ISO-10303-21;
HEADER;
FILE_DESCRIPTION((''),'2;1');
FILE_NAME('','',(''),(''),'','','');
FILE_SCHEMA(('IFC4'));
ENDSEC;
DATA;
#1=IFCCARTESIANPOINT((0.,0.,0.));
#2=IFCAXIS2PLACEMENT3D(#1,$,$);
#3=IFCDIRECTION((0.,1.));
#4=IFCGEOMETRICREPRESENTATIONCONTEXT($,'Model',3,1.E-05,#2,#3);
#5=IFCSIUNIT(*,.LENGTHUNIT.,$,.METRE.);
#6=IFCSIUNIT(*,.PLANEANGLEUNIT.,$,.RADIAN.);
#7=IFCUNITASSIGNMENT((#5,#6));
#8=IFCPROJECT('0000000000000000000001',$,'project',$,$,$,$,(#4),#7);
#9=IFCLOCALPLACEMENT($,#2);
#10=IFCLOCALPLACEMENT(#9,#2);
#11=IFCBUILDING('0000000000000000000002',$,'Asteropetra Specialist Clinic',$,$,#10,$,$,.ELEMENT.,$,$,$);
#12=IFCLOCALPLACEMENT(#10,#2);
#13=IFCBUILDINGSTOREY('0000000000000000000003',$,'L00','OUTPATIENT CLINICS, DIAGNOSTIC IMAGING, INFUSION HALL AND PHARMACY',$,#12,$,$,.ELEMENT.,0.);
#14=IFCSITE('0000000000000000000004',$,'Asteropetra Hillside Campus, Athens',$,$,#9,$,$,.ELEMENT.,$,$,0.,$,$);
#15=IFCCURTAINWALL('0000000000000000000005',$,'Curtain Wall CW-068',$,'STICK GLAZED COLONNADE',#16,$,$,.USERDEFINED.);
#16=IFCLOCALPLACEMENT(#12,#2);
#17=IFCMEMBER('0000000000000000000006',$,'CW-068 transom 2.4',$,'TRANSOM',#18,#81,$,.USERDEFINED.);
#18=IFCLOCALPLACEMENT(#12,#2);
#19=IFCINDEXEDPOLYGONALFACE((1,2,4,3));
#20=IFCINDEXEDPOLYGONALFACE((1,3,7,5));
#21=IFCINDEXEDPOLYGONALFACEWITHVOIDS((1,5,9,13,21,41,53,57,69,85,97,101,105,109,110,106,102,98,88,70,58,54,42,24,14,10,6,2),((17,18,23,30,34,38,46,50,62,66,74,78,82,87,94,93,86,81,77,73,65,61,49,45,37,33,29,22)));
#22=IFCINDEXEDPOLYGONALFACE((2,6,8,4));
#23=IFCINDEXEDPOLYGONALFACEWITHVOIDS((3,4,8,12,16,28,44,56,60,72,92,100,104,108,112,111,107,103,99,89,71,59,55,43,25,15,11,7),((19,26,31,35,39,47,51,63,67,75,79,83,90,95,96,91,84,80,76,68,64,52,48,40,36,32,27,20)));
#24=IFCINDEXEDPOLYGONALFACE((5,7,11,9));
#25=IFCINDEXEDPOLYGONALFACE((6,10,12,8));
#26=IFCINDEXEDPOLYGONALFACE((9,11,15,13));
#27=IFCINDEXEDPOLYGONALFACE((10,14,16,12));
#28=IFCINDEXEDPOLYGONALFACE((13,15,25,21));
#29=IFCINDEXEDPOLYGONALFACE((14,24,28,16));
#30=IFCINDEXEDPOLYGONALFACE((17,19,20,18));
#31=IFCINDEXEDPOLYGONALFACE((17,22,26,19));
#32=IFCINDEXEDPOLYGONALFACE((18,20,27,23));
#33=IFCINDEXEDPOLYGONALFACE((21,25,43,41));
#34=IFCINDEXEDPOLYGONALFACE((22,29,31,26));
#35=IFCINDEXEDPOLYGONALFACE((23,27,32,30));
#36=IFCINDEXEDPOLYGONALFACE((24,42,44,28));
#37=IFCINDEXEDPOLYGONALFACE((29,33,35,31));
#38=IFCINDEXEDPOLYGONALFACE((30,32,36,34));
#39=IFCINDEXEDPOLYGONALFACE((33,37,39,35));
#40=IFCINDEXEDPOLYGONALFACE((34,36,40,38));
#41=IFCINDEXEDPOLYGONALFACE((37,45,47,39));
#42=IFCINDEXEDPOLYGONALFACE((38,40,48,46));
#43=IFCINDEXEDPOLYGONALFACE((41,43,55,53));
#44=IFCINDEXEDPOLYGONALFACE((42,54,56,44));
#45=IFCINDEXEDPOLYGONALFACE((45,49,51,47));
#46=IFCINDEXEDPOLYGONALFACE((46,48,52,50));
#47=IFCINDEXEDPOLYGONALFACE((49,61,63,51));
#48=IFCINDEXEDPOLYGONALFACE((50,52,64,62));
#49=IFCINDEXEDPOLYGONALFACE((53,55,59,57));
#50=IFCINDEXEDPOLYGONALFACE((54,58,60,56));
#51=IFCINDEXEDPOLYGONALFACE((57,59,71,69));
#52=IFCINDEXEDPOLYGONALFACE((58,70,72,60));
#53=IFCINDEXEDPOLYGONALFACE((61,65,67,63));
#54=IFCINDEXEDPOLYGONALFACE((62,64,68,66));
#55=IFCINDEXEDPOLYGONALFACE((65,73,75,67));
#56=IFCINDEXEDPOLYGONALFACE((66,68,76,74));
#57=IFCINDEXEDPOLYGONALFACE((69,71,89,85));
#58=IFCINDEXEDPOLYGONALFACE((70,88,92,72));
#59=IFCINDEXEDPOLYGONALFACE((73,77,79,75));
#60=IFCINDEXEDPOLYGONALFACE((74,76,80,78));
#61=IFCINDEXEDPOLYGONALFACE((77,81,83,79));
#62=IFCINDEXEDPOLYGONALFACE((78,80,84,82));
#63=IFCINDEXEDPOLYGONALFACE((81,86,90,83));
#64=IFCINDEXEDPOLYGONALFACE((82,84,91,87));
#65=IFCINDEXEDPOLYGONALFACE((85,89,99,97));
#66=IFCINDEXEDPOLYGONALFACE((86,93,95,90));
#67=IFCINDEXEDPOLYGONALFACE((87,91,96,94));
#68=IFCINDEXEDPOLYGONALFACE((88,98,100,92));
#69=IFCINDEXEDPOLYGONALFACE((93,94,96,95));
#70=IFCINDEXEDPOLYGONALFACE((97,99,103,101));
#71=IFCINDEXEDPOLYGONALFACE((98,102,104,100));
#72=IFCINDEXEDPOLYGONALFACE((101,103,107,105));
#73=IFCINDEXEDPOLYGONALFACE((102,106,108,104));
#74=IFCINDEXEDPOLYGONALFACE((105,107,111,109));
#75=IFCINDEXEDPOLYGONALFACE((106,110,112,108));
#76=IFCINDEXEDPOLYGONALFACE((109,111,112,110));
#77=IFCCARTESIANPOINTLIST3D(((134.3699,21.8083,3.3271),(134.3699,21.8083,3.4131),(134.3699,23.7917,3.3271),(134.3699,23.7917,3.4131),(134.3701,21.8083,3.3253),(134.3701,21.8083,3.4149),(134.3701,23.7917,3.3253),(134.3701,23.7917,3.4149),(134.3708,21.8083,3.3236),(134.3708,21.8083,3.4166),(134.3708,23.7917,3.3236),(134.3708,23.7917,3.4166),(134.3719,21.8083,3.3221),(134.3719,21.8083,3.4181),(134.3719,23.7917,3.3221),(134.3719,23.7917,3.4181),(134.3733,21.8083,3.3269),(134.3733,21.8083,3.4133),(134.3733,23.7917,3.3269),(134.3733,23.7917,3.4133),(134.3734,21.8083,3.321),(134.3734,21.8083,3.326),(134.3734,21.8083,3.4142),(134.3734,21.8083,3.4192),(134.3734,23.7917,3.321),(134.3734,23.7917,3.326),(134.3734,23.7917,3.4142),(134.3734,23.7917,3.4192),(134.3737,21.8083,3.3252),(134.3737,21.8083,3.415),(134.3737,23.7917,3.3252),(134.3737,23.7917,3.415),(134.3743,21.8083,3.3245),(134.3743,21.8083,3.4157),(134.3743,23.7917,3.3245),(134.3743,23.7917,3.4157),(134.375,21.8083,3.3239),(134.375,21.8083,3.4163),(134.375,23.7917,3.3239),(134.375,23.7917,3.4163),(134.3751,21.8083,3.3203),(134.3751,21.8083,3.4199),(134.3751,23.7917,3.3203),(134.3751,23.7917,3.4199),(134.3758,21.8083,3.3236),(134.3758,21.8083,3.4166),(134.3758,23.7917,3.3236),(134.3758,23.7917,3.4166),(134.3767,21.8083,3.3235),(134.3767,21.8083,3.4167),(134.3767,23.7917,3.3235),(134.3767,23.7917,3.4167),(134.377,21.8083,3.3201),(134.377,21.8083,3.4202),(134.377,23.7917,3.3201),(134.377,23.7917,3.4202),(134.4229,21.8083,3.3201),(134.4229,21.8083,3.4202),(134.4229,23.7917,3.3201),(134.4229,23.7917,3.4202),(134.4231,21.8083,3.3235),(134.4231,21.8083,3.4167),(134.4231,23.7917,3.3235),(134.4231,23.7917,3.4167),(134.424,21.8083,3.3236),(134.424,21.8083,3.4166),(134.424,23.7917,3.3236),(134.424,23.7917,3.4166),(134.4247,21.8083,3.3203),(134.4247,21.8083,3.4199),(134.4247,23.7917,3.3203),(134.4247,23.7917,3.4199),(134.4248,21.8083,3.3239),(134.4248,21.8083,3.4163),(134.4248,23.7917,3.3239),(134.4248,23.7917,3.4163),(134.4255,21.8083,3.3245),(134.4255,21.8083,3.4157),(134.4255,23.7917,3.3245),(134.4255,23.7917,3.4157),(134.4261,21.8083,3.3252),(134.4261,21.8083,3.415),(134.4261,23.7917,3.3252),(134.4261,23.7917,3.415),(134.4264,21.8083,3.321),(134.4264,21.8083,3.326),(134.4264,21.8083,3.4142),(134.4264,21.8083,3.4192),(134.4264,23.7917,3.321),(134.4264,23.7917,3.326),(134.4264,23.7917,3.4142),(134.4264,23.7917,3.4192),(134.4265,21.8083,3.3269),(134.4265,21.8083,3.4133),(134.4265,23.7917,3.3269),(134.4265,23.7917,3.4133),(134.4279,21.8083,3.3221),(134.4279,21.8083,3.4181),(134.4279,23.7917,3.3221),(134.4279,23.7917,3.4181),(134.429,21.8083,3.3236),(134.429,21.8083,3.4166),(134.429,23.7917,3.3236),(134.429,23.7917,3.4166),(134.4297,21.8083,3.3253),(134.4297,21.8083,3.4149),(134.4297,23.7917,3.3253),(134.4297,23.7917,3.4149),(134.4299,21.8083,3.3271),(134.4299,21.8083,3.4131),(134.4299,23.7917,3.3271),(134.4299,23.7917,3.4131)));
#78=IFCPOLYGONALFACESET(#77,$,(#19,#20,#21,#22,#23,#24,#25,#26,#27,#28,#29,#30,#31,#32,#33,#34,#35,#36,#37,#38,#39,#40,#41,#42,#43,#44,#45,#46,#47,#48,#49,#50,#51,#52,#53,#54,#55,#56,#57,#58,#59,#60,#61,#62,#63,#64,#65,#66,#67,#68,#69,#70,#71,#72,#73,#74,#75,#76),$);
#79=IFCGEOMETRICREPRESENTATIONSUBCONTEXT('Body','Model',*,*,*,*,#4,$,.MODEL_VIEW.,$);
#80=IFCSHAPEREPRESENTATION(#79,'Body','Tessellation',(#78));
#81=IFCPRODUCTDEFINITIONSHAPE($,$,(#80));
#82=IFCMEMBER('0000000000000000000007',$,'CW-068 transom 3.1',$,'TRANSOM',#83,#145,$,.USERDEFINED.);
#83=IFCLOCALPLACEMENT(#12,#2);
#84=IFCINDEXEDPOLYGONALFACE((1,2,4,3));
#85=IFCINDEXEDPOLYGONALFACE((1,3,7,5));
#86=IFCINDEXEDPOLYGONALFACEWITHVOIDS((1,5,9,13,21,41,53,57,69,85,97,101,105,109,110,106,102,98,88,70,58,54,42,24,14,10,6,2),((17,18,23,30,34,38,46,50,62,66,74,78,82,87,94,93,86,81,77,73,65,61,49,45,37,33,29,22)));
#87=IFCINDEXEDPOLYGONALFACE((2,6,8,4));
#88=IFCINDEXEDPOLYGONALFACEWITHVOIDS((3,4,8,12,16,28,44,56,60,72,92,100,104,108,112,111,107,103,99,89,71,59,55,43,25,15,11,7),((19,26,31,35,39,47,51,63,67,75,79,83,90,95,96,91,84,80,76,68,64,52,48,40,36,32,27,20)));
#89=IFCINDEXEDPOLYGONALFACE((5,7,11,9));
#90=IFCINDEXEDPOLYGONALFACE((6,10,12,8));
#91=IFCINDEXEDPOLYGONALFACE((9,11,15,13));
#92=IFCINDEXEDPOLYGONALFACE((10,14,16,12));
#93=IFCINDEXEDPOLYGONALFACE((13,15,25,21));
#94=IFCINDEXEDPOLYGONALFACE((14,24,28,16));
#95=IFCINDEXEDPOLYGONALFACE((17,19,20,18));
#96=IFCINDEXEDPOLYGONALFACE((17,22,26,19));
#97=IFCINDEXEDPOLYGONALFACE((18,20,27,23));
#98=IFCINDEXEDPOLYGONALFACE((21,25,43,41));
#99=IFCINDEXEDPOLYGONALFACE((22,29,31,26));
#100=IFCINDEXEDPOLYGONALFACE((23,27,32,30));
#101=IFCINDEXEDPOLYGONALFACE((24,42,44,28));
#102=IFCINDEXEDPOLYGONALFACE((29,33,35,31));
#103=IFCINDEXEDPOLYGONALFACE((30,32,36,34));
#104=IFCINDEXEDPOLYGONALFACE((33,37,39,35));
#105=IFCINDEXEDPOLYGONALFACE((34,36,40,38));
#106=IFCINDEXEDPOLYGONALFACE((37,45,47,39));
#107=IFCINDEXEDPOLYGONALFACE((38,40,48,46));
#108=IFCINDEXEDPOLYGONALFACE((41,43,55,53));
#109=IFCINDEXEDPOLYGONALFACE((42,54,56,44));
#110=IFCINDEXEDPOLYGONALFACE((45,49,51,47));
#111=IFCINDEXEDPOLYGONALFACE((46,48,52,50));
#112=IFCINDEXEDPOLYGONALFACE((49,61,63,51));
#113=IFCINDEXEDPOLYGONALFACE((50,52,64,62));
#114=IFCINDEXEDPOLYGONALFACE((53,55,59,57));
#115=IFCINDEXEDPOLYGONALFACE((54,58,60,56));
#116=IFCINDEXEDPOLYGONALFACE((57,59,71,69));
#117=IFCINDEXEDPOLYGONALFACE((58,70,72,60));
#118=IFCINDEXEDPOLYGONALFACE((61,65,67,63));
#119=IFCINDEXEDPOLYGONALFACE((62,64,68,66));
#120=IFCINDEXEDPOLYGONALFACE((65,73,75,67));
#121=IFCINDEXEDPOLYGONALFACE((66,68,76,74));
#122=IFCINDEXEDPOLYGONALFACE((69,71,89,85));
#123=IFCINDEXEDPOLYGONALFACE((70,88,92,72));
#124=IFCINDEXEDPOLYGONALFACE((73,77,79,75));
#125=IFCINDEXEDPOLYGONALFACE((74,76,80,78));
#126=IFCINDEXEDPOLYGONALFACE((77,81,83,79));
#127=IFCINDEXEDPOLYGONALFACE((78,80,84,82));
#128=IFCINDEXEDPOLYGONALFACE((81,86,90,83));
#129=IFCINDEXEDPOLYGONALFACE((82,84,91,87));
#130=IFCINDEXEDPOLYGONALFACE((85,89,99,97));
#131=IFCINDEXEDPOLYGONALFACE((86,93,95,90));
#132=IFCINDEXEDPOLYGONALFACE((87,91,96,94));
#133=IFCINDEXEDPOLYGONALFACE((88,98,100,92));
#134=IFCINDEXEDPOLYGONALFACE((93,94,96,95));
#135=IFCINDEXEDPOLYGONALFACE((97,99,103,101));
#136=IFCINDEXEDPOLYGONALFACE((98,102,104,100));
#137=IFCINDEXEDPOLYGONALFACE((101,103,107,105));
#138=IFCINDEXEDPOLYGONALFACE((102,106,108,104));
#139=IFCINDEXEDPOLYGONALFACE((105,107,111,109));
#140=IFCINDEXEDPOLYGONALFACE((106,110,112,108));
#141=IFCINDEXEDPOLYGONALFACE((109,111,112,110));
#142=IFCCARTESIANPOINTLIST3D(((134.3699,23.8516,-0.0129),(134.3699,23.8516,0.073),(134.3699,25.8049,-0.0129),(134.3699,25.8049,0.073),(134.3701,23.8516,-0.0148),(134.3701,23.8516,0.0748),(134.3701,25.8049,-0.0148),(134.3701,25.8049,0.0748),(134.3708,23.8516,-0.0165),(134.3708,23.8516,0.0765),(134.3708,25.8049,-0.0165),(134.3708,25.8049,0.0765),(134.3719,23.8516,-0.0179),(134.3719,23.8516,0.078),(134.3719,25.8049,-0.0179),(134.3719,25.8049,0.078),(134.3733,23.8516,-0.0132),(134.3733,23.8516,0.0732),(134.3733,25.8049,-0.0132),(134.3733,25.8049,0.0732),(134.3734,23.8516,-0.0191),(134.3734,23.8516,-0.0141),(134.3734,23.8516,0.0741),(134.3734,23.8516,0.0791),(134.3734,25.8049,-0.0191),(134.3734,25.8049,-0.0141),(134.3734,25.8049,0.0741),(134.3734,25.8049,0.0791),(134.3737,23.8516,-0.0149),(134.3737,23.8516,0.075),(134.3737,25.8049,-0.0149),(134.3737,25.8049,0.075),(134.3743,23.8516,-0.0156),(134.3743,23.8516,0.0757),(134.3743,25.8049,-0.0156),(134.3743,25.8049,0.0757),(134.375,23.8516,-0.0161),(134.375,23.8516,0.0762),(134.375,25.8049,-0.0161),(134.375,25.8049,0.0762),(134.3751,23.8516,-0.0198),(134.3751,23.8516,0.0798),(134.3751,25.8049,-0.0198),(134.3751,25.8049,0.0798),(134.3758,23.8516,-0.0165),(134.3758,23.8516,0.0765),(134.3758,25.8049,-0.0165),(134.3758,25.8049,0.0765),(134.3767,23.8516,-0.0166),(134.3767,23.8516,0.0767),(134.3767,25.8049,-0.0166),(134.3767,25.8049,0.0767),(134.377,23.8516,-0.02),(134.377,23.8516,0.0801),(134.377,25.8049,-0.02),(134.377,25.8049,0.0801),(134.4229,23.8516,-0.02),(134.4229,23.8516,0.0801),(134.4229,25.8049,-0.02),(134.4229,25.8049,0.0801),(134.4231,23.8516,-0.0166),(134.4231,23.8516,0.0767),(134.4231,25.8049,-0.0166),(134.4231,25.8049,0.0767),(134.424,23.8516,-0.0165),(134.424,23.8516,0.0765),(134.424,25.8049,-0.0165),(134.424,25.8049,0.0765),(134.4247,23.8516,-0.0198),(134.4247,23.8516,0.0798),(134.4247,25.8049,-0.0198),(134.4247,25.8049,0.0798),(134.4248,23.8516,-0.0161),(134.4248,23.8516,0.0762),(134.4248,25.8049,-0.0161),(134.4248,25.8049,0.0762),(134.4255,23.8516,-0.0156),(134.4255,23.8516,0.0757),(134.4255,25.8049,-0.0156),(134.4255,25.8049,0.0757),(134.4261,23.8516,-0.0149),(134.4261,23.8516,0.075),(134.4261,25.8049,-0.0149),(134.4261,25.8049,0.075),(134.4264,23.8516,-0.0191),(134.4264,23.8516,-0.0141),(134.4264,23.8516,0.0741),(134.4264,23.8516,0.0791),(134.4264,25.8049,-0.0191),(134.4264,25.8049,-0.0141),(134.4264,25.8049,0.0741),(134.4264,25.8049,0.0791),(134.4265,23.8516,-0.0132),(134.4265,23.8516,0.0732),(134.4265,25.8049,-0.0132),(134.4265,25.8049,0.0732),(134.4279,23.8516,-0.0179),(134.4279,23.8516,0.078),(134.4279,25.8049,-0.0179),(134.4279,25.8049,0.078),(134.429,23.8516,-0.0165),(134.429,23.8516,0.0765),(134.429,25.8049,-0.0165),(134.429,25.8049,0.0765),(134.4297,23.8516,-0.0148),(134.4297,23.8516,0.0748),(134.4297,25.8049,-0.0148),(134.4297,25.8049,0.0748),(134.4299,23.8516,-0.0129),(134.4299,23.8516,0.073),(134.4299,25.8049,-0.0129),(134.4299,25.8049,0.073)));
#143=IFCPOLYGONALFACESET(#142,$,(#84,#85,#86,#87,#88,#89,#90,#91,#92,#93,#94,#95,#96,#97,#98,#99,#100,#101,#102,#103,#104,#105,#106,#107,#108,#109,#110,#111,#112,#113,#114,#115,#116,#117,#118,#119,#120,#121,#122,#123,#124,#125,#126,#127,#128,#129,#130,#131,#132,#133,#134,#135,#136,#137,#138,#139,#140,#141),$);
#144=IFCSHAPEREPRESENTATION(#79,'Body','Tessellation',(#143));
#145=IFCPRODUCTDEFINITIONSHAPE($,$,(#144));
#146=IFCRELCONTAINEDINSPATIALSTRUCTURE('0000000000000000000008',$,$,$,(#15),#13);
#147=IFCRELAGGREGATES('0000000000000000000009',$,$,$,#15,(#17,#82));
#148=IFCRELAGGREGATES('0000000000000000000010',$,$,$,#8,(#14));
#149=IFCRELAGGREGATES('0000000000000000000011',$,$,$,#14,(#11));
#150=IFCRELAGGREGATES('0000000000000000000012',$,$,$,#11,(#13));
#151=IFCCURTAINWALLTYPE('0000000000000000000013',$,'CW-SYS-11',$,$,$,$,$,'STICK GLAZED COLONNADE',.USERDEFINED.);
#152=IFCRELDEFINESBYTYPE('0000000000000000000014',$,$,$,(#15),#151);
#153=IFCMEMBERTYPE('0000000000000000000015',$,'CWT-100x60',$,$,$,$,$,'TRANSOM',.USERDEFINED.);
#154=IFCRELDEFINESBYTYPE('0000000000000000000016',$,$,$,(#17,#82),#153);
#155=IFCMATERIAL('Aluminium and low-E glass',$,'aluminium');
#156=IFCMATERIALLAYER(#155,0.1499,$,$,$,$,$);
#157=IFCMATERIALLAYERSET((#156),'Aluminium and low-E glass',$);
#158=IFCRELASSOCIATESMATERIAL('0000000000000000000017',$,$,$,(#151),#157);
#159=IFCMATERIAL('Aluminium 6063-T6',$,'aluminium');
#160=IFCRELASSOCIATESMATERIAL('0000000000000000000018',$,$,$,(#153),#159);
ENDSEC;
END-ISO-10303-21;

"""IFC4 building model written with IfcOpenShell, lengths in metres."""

from ifc_helpers import new_model, si_unit, direction, frame, origin, origin_2d, place, context, subcontext, project, spatial, hollow_rectangle, extrude, material, layer, layer_set, material_profile, profile_set, type_object, element, aggregate, save


model = new_model("IFC4")

# Units and contexts
model_context = context("Model", 3, precision=1e-05, world=origin(), true_north=direction((0.0, 1.0)))
body_context = subcontext(model_context, "Body", "Model", "MODEL_VIEW")
ifc_project = project(units=[si_unit("LENGTHUNIT", "METRE"), si_unit("PLANEANGLEUNIT", "RADIAN")], contexts=[model_context])

# Site, building, storey
site_placement = place(None, origin())
site = spatial("IfcSite", under=ifc_project, at=site_placement, Name="Asteropetra Hillside Campus, Athens", CompositionType="ELEMENT", RefElevation=0.0)
building_placement = place(site_placement, origin())
building = spatial("IfcBuilding", under=site, at=building_placement, Name="Asteropetra Specialist Clinic", CompositionType="ELEMENT")
storey_placement = place(building_placement, origin())
storey = spatial("IfcBuildingStorey", under=building, at=storey_placement, Name="L00", Description="OUTPATIENT CLINICS, DIAGNOSTIC IMAGING, INFUSION HALL AND PHARMACY", CompositionType="ELEMENT", Elevation=0.0)

# Curtain wall, members
ifc_material_1 = material(Name="Aluminium and low-E glass", Category="aluminium")
ifc_layer_1 = layer(ifc_material_1, 0.1499)
ifc_layer_set_1 = layer_set([ifc_layer_1], Name="Aluminium and low-E glass")
curtain_wall_type = type_object("IfcCurtainWallType", Name="CW-SYS-11", ElementType="STICK GLAZED COLONNADE", PredefinedType="USERDEFINED", material=ifc_layer_set_1)
curtain_wall_placement = place(storey_placement, origin())
curtain_wall = element("IfcCurtainWall", 1, at=curtain_wall_placement, inside=storey, type_object=curtain_wall_type, Name="Curtain Wall CW-068", ObjectType="STICK GLAZED COLONNADE", PredefinedType="USERDEFINED")
ifc_material_2 = material(Name="Aluminium 6063-T6", Category="aluminium")
ifc_material_profile_1 = material_profile(ifc_material_2, hollow_rectangle(XDim=0.0601, YDim=0.1001, WallThickness=0.0034, InnerFilletRadius=0.0034, OuterFilletRadius=0.0071, at=origin_2d()), Name="TRN 100x60x3.5")
ifc_profile_set_1 = profile_set([ifc_material_profile_1], Name="Aluminium 6063-T6")
member_type_1 = type_object("IfcMemberType", Name="CWT-100x60", ElementType="TRANSOM", PredefinedType="USERDEFINED", material=ifc_profile_set_1)
member_1_placement = place(storey_placement, frame((134.3999, 21.8083, 3.3701), z_axis=(0.0, 1.0, 0.0), x_axis=(-1.0, 0.0, 0.0)))
member_1 = element("IfcMember", 2, at=member_1_placement, type_object=member_type_1, Name="CW-068 transom 2.4", ObjectType="TRANSOM", PredefinedType="USERDEFINED", context=body_context, shape_type="SweptSolid", body=[
    extrude(hollow_rectangle(XDim=0.0601, YDim=0.1001, WallThickness=0.0034, InnerFilletRadius=0.0034, OuterFilletRadius=0.0071, at=origin_2d()), origin(), (0.0, 0.0, 1.0), 1.9834),
])
member_2_placement = place(storey_placement, frame((134.3999, 23.8516, 0.03), z_axis=(0.0, 1.0, 0.0), x_axis=(-1.0, 0.0, 0.0)))
member_2 = element("IfcMember", 3, at=member_2_placement, type_object=member_type_1, Name="CW-068 transom 3.1", ObjectType="TRANSOM", PredefinedType="USERDEFINED", context=body_context, shape_type="SweptSolid", body=[
    extrude(hollow_rectangle(XDim=0.0601, YDim=0.1001, WallThickness=0.0034, InnerFilletRadius=0.0034, OuterFilletRadius=0.0071, at=origin_2d()), origin(), (0.0, 0.0, 1.0), 1.9534),
])
aggregate(curtain_wall, [member_1, member_2])

save(model, "model.ifc")
